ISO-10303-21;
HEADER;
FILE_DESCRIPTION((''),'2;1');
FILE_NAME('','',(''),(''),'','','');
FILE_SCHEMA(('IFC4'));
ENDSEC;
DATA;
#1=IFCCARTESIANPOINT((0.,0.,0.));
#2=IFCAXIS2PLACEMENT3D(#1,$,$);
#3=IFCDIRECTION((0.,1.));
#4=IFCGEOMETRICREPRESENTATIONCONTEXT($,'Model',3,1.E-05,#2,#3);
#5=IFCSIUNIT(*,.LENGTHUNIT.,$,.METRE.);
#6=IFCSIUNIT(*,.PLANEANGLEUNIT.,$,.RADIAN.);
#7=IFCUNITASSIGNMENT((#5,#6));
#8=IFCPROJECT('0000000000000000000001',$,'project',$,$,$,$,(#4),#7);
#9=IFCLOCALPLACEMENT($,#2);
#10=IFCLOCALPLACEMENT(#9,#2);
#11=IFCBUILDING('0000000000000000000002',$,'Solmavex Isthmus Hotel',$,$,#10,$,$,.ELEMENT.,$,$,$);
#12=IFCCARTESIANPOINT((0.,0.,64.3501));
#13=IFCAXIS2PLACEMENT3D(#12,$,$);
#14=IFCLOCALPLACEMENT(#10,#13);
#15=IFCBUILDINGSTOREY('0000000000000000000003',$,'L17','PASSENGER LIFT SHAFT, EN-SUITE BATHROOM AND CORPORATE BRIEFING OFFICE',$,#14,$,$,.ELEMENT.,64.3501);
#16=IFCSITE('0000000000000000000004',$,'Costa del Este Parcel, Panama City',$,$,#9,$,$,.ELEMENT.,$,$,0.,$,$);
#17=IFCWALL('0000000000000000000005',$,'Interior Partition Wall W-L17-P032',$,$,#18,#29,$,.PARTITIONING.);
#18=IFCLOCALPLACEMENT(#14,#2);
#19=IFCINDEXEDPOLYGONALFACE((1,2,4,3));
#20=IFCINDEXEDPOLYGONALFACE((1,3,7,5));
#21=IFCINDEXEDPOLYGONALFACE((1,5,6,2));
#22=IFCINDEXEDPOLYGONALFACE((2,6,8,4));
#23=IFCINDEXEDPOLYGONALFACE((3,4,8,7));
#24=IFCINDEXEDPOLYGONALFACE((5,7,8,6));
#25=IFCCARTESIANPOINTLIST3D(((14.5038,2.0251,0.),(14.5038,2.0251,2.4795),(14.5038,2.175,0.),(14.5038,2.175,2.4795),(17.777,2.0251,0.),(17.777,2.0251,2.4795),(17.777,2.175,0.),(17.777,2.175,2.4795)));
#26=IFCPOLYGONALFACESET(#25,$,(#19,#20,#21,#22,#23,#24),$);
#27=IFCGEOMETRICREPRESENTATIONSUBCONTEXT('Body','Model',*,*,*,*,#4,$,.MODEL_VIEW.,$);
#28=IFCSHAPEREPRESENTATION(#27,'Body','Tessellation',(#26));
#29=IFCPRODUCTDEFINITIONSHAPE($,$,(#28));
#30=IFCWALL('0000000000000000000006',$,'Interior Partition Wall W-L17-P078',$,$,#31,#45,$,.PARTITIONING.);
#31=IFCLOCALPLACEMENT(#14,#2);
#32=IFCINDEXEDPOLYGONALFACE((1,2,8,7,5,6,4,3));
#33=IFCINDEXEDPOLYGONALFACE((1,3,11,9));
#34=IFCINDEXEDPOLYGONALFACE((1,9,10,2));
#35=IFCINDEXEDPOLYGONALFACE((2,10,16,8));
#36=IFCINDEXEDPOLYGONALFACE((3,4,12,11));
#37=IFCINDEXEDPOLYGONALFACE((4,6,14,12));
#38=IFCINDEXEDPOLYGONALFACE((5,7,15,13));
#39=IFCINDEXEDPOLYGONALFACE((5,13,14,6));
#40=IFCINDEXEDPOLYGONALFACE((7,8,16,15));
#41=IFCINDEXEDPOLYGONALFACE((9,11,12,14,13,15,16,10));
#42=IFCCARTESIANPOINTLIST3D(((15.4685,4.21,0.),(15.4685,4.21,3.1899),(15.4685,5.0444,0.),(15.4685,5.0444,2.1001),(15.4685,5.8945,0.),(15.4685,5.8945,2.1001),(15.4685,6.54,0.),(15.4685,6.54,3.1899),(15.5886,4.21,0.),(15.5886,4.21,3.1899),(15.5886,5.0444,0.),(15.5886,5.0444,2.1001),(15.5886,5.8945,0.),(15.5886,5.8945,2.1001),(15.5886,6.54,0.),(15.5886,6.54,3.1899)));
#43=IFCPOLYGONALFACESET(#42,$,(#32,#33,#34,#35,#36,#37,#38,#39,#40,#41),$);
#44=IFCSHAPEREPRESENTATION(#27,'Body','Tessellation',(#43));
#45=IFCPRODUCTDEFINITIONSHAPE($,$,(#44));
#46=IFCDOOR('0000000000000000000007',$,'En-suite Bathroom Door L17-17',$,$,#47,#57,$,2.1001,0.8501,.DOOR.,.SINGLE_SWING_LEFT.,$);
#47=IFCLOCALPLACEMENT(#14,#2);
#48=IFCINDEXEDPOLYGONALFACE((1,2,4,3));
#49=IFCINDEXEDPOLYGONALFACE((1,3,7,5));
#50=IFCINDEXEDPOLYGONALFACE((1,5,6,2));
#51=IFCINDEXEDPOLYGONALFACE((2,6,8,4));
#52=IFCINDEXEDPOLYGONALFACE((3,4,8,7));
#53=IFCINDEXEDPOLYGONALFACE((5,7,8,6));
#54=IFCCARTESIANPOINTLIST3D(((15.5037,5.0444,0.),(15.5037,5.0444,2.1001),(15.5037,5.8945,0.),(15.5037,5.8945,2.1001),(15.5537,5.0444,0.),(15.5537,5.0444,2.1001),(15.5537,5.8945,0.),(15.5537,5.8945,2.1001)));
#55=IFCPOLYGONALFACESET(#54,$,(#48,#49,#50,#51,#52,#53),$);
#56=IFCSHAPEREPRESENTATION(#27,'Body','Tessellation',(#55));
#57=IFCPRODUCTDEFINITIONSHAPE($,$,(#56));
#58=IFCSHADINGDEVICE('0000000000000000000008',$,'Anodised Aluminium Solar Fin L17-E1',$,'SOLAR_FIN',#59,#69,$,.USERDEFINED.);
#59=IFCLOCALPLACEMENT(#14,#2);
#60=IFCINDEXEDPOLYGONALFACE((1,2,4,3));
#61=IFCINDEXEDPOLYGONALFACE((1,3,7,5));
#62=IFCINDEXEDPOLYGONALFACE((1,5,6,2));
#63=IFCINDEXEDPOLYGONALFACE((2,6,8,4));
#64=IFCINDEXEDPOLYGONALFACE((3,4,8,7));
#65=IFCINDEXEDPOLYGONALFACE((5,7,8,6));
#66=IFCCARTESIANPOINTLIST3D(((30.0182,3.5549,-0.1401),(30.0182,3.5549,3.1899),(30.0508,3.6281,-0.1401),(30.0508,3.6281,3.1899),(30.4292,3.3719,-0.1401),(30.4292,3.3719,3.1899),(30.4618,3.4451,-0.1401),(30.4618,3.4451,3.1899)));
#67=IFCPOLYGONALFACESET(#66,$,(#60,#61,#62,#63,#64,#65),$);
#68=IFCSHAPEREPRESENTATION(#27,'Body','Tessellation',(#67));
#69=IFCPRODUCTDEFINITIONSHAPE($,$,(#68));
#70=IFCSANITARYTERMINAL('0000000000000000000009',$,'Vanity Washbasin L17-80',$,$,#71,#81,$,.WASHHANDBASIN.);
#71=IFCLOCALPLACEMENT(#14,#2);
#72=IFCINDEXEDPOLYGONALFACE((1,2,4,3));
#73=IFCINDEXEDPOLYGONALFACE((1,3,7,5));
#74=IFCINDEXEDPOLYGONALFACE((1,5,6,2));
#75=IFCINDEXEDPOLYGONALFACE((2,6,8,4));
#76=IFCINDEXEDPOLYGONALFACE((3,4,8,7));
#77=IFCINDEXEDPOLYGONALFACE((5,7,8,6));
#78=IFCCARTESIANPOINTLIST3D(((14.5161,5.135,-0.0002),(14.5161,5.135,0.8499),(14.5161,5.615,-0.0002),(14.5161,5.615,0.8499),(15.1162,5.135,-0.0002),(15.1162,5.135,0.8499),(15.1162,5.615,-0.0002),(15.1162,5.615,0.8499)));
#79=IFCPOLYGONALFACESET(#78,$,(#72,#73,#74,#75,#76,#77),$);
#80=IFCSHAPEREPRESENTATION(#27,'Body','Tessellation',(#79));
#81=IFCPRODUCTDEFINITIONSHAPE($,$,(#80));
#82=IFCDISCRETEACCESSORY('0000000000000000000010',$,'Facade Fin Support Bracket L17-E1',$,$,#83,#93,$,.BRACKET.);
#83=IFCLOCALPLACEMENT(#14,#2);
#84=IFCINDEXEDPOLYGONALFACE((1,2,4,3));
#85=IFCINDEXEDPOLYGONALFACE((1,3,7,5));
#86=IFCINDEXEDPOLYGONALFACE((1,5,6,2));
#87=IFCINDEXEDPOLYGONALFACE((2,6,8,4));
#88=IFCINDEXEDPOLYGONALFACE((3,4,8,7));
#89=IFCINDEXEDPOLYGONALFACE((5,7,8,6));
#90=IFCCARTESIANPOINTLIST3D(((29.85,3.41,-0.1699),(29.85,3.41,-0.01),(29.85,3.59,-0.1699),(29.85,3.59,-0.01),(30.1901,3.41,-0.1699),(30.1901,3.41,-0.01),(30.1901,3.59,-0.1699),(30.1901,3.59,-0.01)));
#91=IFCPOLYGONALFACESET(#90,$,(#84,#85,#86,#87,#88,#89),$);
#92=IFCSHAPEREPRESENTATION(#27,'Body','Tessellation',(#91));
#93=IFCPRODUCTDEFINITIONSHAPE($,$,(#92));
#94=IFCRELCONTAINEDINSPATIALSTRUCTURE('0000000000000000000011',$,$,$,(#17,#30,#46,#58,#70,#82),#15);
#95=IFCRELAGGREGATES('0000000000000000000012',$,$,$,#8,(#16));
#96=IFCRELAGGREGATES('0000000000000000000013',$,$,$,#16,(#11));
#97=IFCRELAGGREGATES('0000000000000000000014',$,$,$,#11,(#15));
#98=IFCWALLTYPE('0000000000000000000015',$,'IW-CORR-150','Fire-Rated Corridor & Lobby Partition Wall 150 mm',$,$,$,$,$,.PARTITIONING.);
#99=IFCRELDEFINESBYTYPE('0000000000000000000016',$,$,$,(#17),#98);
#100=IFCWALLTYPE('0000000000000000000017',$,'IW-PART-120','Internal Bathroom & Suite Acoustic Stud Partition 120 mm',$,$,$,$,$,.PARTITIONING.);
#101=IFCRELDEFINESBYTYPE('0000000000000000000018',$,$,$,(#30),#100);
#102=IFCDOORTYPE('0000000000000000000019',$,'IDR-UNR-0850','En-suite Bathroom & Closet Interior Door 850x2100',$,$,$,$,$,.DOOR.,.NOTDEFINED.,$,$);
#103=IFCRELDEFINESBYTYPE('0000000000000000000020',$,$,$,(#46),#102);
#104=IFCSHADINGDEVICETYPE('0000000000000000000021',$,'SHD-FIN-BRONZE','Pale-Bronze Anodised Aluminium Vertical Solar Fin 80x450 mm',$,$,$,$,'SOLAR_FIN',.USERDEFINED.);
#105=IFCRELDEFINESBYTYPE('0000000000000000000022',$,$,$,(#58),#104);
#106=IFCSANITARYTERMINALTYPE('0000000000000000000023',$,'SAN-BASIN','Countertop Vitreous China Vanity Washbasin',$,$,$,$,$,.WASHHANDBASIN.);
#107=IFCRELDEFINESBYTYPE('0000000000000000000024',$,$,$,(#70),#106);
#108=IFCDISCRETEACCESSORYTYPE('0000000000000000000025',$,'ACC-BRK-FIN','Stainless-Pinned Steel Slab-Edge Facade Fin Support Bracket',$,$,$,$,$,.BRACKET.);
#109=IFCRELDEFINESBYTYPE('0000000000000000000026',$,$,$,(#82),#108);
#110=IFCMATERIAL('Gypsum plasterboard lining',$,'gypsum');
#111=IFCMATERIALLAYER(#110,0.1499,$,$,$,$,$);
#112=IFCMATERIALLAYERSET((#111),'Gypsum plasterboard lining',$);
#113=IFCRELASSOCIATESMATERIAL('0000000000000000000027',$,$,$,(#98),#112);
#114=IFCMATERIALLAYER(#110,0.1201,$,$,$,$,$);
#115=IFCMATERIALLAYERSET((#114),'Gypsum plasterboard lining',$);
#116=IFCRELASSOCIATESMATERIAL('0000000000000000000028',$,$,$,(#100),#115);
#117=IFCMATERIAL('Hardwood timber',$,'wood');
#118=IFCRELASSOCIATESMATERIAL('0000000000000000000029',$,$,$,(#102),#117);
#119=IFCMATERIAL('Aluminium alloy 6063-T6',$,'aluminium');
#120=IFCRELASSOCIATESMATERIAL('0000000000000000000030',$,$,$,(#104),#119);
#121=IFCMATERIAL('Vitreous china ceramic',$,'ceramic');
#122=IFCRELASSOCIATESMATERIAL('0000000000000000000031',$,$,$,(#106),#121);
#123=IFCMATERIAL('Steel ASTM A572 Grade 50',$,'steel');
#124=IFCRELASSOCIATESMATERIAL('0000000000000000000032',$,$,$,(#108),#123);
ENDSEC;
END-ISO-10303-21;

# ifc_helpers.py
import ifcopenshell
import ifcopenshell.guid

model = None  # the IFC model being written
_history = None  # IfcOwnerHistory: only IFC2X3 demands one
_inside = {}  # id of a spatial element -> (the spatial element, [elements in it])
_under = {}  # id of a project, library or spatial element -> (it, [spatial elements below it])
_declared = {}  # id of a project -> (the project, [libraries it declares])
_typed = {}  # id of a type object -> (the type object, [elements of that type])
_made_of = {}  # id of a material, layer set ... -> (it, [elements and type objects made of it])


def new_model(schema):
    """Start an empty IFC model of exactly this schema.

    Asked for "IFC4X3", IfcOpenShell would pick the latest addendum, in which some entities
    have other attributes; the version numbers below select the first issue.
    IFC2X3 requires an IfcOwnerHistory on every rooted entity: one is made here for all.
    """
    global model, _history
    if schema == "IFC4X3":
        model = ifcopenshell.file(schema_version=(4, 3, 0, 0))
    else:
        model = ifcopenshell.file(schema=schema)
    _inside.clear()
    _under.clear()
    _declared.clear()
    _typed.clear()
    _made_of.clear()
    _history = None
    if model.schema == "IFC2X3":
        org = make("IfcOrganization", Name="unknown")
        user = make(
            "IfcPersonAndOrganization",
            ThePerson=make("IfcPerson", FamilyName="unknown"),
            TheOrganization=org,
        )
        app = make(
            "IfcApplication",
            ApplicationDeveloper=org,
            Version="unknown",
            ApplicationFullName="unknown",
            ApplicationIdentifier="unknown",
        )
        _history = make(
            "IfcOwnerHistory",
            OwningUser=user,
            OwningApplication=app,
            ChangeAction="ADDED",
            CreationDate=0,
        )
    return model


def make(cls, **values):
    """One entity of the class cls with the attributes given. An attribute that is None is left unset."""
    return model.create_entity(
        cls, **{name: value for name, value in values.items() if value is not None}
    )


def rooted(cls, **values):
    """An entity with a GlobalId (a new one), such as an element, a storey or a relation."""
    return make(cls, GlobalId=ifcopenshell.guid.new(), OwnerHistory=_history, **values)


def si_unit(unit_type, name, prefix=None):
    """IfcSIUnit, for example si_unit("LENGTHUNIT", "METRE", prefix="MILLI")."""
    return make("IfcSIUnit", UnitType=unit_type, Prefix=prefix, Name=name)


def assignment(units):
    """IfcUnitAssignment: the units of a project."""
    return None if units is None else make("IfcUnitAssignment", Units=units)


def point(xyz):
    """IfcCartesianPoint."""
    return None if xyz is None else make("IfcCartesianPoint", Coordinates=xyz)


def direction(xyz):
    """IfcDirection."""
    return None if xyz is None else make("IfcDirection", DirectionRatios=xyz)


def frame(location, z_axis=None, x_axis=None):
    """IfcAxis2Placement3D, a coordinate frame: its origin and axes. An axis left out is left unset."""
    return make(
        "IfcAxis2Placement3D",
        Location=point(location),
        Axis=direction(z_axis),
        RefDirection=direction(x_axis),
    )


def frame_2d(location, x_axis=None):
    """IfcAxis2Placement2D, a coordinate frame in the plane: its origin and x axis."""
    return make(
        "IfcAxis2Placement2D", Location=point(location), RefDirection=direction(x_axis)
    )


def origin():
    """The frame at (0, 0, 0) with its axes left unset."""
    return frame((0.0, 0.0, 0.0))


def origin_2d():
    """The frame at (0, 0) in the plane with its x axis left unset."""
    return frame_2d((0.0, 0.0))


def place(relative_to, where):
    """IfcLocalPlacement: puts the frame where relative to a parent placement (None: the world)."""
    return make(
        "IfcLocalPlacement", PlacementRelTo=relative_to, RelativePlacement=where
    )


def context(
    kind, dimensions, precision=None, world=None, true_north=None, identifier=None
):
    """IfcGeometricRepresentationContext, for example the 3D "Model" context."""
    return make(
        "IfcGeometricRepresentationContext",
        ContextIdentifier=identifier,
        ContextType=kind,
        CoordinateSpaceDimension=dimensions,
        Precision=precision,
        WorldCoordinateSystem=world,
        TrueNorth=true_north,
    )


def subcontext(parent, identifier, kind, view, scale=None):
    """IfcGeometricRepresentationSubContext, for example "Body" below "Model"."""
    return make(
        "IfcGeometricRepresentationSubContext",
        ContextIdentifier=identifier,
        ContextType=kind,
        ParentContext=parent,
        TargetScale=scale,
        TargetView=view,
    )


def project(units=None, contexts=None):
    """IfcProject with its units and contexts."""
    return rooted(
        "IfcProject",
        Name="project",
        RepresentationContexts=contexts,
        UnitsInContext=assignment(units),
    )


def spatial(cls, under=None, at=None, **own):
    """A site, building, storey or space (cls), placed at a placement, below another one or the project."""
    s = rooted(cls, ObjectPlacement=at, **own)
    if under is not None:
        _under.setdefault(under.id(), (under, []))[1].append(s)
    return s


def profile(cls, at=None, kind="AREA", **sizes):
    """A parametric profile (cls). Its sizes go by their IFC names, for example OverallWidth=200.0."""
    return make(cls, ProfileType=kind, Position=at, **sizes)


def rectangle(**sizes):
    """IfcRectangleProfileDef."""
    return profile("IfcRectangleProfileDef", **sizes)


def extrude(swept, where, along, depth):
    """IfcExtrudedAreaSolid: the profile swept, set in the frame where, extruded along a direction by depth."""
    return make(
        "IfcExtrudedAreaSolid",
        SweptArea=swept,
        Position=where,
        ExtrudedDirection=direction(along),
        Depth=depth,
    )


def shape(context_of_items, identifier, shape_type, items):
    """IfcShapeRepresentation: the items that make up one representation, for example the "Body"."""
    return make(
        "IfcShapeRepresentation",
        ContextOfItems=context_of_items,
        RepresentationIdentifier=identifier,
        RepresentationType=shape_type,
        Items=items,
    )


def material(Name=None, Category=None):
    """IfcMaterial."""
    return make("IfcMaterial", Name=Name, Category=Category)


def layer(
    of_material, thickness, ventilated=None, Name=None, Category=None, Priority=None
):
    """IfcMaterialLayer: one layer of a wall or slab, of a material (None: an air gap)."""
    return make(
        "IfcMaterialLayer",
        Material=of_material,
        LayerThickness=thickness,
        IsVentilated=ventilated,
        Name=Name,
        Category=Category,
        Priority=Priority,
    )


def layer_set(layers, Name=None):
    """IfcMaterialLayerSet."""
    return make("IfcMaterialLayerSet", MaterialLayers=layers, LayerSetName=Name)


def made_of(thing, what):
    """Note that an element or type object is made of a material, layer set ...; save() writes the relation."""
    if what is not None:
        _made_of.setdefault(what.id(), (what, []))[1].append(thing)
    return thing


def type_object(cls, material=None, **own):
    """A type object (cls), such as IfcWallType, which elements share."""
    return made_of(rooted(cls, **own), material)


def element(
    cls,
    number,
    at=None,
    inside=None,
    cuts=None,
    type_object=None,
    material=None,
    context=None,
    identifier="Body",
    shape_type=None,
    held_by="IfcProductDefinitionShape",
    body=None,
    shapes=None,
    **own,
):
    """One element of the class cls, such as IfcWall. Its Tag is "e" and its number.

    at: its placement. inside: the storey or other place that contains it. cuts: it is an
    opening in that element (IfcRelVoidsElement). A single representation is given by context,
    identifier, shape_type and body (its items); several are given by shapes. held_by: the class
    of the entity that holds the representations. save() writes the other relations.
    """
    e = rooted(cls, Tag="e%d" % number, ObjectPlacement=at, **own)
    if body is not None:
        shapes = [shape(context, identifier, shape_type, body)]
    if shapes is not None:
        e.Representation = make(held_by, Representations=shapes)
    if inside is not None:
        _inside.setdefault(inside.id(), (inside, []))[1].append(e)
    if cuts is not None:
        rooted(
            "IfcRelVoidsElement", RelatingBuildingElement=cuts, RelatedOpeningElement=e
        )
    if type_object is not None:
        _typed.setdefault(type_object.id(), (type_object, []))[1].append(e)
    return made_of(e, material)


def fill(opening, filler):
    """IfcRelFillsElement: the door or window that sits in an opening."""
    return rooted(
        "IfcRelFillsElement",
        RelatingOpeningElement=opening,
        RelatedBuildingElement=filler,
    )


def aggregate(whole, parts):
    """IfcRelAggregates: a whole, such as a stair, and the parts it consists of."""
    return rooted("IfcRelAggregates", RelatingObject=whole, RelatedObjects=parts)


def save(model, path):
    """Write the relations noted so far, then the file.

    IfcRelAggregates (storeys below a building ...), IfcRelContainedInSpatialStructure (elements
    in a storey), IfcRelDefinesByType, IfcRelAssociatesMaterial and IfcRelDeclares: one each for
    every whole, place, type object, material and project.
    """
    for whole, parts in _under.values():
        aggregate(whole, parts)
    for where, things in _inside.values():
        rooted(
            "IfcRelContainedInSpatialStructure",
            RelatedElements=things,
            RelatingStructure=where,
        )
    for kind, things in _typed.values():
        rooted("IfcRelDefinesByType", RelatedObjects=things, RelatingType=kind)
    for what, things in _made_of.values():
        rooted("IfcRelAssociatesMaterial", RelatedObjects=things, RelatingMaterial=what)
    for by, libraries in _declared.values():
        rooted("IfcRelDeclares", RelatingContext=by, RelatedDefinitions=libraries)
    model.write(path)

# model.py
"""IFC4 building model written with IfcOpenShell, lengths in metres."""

from ifc_helpers import new_model, si_unit, direction, frame, frame_2d, origin, origin_2d, place, context, subcontext, project, spatial, rectangle, extrude, material, layer, layer_set, type_object, element, fill, save


model = new_model("IFC4")

# Units and contexts
model_context = context("Model", 3, precision=1e-05, world=origin(), true_north=direction((0.0, 1.0)))
body_context = subcontext(model_context, "Body", "Model", "MODEL_VIEW")
ifc_project = project(units=[si_unit("LENGTHUNIT", "METRE"), si_unit("PLANEANGLEUNIT", "RADIAN")], contexts=[model_context])

# Site, building, storey
site_placement = place(None, origin())
site = spatial("IfcSite", under=ifc_project, at=site_placement, Name="Costa del Este Parcel, Panama City", CompositionType="ELEMENT", RefElevation=0.0)
building_placement = place(site_placement, origin())
building = spatial("IfcBuilding", under=site, at=building_placement, Name="Solmavex Isthmus Hotel", CompositionType="ELEMENT")
storey_placement = place(building_placement, frame((0.0, 0.0, 64.3501)))
storey = spatial("IfcBuildingStorey", under=building, at=storey_placement, Name="L17", Description="PASSENGER LIFT SHAFT, EN-SUITE BATHROOM AND CORPORATE BRIEFING OFFICE", CompositionType="ELEMENT", Elevation=64.3501)

# Shared definitions
ifc_material_1 = material(Name="Aluminium alloy 6063-T6", Category="aluminium")

# Shared definitions
ifc_material_2 = material(Name="Gypsum plasterboard lining", Category="gypsum")

# Shared definitions
ifc_layer_1 = layer(ifc_material_2, 0.1499)
ifc_layer_set_1 = layer_set([ifc_layer_1], Name="Gypsum plasterboard lining")
wall_type_1 = type_object("IfcWallType", Name="IW-CORR-150", Description="Fire-Rated Corridor & Lobby Partition Wall 150 mm", PredefinedType="PARTITIONING", material=ifc_layer_set_1)
ifc_material_3 = material(Name="Hardwood timber", Category="wood")

# Wall
wall_1_placement = place(storey_placement, frame((17.7771, 2.1001, 0.0), z_axis=(0.0, 0.0, 1.0), x_axis=(-1.0, 0.0, 0.0)))
element("IfcWall", 1, at=wall_1_placement, inside=storey, type_object=wall_type_1, Name="Interior Partition Wall W-L17-P032", PredefinedType="PARTITIONING", context=body_context, shape_type="SweptSolid", body=[
    extrude(rectangle(XDim=3.2732, YDim=0.1499, at=frame_2d((1.6367, 0.0))), origin(), (0.0, 0.0, 1.0), 2.4795),
])

# Wall, opening, door
ifc_layer_2 = layer(ifc_material_2, 0.1201)
ifc_layer_set_2 = layer_set([ifc_layer_2], Name="Gypsum plasterboard lining")
wall_type_2 = type_object("IfcWallType", Name="IW-PART-120", Description="Internal Bathroom & Suite Acoustic Stud Partition 120 mm", PredefinedType="PARTITIONING", material=ifc_layer_set_2)
wall_2_placement = place(storey_placement, frame((15.5286, 4.21, 0.0), z_axis=(0.0, 0.0, 1.0), x_axis=(0.0, 1.0, 0.0)))
wall_2 = element("IfcWall", 2, at=wall_2_placement, inside=storey, type_object=wall_type_2, Name="Interior Partition Wall W-L17-P078", PredefinedType="PARTITIONING", context=body_context, shape_type="SweptSolid", body=[
    extrude(rectangle(XDim=2.3301, YDim=0.1201, at=frame_2d((1.165, 0.0))), origin(), (0.0, 0.0, 1.0), 3.1899),
])
opening_1_placement = place(wall_2_placement, frame((0.8345, 0.0, 0.0)))
opening_1 = element("IfcOpeningElement", 3, at=opening_1_placement, cuts=wall_2, PredefinedType="OPENING", context=body_context, shape_type="SweptSolid", body=[
    extrude(rectangle(XDim=0.8501, YDim=2.1001, at=frame_2d((0.425, 1.05))), frame((0.0, 0.0701, 0.0), z_axis=(0.0, -1.0, 0.0), x_axis=(1.0, 0.0, 0.0)), (0.0, 0.0, 1.0), 0.1401),
])
door_type_1 = type_object("IfcDoorType", Name="IDR-UNR-0850", Description="En-suite Bathroom & Closet Interior Door 850x2100", OperationType="NOTDEFINED", PredefinedType="DOOR", material=ifc_material_3)
door_1_placement = place(opening_1_placement, origin())
door_1 = element("IfcDoor", 4, at=door_1_placement, inside=storey, type_object=door_type_1, Name="En-suite Bathroom Door L17-17", OperationType="SINGLE_SWING_LEFT", OverallHeight=2.1001, OverallWidth=0.8501, PredefinedType="DOOR", context=body_context, shape_type="SweptSolid", body=[
    extrude(rectangle(XDim=0.8501, YDim=2.1001, at=frame_2d((0.425, 1.05))), frame((0.0, 0.0249, 0.0), z_axis=(0.0, -1.0, 0.0), x_axis=(1.0, 0.0, 0.0)), (0.0, 0.0, 1.0), 0.05),
])
fill(opening_1, door_1)

# Shading device
shading_device_type = type_object("IfcShadingDeviceType", Name="SHD-FIN-BRONZE", Description="Pale-Bronze Anodised Aluminium Vertical Solar Fin 80x450 mm", ElementType="SOLAR_FIN", PredefinedType="USERDEFINED", material=ifc_material_1)
shading_device_placement = place(storey_placement, frame((30.24, 3.5, -0.1401), z_axis=(0.0, 0.0, 1.0), x_axis=(0.913545, -0.406737, 0.0)))
element("IfcShadingDevice", 5, at=shading_device_placement, inside=storey, type_object=shading_device_type, Name="Anodised Aluminium Solar Fin L17-E1", ObjectType="SOLAR_FIN", PredefinedType="USERDEFINED", context=body_context, shape_type="SweptSolid", body=[
    extrude(rectangle(XDim=0.45, YDim=0.0801, at=origin_2d()), origin(), (0.0, 0.0, 1.0), 3.3301),
])

# Sanitary terminal
ifc_material_4 = material(Name="Vitreous china ceramic", Category="ceramic")
sanitary_terminal_type = type_object("IfcSanitaryTerminalType", Name="SAN-BASIN", Description="Countertop Vitreous China Vanity Washbasin", PredefinedType="WASHHANDBASIN", material=ifc_material_4)
sanitary_terminal_placement = place(storey_placement, frame((14.8162, 5.375, -0.0002), z_axis=(0.0, 0.0, 1.0), x_axis=(1.0, 0.0, 0.0)))
element("IfcSanitaryTerminal", 6, at=sanitary_terminal_placement, inside=storey, type_object=sanitary_terminal_type, Name="Vanity Washbasin L17-80", PredefinedType="WASHHANDBASIN", context=body_context, shape_type="SweptSolid", body=[
    extrude(rectangle(XDim=0.6001, YDim=0.48, at=origin_2d()), origin(), (0.0, 0.0, 1.0), 0.8501),
])

# Discrete accessory
ifc_material_5 = material(Name="Steel ASTM A572 Grade 50", Category="steel")
discrete_accessory_type = type_object("IfcDiscreteAccessoryType", Name="ACC-BRK-FIN", Description="Stainless-Pinned Steel Slab-Edge Facade Fin Support Bracket", PredefinedType="BRACKET", material=ifc_material_5)
discrete_accessory_placement = place(storey_placement, frame((30.02, 3.5, -0.1699), z_axis=(0.0, 0.0, 1.0), x_axis=(1.0, 0.0, 0.0)))
element("IfcDiscreteAccessory", 7, at=discrete_accessory_placement, inside=storey, type_object=discrete_accessory_type, Name="Facade Fin Support Bracket L17-E1", PredefinedType="BRACKET", context=body_context, shape_type="SweptSolid", body=[
    extrude(rectangle(XDim=0.3401, YDim=0.1799, at=origin_2d()), origin(), (0.0, 0.0, 1.0), 0.1599),
])

save(model, "model.ifc")
